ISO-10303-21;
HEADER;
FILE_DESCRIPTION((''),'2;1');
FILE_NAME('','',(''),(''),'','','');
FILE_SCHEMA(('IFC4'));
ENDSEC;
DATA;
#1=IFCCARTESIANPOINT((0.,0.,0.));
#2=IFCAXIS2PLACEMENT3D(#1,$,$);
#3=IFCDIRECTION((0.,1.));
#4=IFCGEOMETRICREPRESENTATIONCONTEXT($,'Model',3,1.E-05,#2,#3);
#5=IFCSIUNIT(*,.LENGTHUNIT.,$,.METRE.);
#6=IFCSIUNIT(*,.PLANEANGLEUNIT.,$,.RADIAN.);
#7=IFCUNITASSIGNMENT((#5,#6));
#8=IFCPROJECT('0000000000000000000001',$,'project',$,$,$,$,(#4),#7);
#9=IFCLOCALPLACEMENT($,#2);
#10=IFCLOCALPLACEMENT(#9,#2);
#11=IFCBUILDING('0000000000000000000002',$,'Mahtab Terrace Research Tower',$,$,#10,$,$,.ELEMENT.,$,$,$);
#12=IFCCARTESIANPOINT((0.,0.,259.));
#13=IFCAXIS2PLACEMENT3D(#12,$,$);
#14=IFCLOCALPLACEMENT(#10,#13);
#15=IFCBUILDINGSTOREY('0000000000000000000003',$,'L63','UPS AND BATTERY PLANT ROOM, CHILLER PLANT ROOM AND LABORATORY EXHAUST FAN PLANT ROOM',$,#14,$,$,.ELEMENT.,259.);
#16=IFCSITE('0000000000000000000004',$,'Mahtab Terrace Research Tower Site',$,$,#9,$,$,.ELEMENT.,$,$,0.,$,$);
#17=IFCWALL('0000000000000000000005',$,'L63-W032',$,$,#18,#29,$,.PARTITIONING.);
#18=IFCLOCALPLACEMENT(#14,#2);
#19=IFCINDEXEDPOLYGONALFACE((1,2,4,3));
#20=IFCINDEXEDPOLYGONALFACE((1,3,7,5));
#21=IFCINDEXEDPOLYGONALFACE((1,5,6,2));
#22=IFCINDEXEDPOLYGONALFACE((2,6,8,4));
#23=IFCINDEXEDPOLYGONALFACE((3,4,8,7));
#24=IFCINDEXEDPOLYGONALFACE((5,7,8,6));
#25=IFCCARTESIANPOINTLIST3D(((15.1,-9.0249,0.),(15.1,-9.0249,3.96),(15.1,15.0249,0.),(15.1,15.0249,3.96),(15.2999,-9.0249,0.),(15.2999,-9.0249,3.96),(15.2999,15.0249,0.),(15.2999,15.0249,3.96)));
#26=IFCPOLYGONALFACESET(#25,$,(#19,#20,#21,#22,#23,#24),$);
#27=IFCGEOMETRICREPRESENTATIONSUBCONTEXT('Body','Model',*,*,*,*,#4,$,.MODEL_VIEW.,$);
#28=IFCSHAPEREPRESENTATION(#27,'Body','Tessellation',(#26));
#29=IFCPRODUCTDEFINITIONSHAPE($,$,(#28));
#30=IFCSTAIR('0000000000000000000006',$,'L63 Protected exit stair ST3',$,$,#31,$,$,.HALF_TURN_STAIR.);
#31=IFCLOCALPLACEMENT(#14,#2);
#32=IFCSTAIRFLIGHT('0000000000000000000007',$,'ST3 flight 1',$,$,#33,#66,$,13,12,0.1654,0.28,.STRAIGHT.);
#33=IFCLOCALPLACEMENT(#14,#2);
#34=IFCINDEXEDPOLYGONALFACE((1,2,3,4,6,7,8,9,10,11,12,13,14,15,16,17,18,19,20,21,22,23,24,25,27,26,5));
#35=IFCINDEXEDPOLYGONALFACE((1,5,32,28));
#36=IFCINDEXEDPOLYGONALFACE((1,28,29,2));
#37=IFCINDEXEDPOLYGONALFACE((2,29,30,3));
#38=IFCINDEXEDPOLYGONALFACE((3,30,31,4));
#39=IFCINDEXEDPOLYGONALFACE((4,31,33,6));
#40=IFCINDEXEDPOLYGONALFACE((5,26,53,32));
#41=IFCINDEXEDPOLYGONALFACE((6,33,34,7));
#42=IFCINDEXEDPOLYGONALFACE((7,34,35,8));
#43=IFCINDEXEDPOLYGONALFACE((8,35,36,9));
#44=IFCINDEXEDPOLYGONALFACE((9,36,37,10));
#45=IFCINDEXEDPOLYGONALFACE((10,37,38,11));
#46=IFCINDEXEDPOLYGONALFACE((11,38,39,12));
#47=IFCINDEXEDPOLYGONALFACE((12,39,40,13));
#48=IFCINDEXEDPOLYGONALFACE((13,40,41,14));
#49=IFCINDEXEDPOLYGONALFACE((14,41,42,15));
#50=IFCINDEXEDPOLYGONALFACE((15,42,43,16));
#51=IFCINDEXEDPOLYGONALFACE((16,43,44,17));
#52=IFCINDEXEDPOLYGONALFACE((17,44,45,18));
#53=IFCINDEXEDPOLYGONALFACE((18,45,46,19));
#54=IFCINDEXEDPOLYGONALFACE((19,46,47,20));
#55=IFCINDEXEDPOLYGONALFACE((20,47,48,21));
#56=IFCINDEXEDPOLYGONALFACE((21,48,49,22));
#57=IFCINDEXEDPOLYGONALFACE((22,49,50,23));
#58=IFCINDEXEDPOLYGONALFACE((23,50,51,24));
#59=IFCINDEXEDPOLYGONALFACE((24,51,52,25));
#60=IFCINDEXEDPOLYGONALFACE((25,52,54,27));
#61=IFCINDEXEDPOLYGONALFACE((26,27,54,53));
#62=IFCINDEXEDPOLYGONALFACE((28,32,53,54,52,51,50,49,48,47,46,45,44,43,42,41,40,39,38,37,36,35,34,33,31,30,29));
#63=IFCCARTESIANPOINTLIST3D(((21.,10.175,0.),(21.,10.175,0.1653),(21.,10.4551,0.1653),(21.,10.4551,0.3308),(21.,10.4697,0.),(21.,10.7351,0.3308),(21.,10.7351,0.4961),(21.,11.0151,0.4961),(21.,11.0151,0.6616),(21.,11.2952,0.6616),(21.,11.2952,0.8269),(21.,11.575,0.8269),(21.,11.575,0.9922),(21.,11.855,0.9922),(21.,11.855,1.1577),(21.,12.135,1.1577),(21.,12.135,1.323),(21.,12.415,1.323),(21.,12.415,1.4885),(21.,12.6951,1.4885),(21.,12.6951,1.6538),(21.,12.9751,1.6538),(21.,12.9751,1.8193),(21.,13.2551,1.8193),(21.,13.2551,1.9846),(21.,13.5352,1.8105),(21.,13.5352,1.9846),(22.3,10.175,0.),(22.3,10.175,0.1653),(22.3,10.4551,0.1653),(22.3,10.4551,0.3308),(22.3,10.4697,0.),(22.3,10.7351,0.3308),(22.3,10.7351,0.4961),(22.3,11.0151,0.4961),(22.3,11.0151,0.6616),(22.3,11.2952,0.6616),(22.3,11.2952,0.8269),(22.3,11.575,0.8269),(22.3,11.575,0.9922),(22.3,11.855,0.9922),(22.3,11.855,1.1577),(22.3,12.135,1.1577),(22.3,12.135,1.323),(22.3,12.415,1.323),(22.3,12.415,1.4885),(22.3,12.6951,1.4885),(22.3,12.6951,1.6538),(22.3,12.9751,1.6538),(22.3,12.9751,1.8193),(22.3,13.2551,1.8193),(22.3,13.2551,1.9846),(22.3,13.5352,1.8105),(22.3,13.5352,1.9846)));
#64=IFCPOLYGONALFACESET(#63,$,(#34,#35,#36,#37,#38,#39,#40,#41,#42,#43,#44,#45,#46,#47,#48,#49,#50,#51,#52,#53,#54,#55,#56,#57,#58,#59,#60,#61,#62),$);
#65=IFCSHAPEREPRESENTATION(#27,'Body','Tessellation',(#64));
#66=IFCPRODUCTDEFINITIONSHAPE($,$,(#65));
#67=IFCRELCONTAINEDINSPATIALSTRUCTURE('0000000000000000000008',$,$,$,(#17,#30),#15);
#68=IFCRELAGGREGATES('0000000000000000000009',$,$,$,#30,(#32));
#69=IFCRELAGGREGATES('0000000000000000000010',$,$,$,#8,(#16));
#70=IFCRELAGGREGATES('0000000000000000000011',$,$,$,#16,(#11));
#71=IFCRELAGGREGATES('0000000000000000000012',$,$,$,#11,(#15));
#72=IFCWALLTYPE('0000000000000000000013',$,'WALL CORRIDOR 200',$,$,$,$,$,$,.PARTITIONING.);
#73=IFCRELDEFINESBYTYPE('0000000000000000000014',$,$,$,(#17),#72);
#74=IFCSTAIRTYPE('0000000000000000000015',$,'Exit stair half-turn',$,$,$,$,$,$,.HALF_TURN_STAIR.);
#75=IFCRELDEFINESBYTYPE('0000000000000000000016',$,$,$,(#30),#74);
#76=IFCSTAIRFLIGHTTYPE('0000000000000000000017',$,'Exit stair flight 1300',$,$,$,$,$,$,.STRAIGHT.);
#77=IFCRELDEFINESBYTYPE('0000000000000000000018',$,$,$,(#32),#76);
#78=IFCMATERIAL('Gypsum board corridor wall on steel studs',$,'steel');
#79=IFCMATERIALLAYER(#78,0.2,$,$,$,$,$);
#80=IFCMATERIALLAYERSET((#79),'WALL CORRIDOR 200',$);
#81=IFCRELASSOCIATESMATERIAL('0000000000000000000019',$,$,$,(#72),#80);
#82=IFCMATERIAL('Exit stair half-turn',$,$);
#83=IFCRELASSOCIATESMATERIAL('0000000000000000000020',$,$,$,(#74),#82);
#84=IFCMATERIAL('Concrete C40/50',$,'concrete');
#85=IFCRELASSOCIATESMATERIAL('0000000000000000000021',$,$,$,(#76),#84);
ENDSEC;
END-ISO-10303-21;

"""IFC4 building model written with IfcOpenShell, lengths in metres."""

from ifc_helpers import new_model, si_unit, direction, frame, frame_2d, origin, place, context, subcontext, project, spatial, polyline, rectangle, outline, extrude, material, layer, layer_set, type_object, element, aggregate, save


model = new_model("IFC4")

# Units and contexts
model_context = context("Model", 3, precision=1e-05, world=origin(), true_north=direction((0.0, 1.0)))
body_context = subcontext(model_context, "Body", "Model", "MODEL_VIEW")
ifc_project = project(units=[si_unit("LENGTHUNIT", "METRE"), si_unit("PLANEANGLEUNIT", "RADIAN")], contexts=[model_context])

# Site, building, storey
site_placement = place(None, origin())
site = spatial("IfcSite", under=ifc_project, at=site_placement, Name="Mahtab Terrace Research Tower Site", CompositionType="ELEMENT", RefElevation=0.0)
building_placement = place(site_placement, origin())
building = spatial("IfcBuilding", under=site, at=building_placement, Name="Mahtab Terrace Research Tower", CompositionType="ELEMENT")
storey_placement = place(building_placement, frame((0.0, 0.0, 259.0)))
storey = spatial("IfcBuildingStorey", under=building, at=storey_placement, Name="L63", Description="UPS AND BATTERY PLANT ROOM, CHILLER PLANT ROOM AND LABORATORY EXHAUST FAN PLANT ROOM", CompositionType="ELEMENT", Elevation=259.0)

# Shared definitions
ifc_material_1 = material(Name="Gypsum board corridor wall on steel studs", Category="steel")
ifc_layer_1 = layer(ifc_material_1, 0.2)
ifc_layer_set_1 = layer_set([ifc_layer_1], Name="WALL CORRIDOR 200")
wall_type_1 = type_object("IfcWallType", Name="WALL CORRIDOR 200", PredefinedType="PARTITIONING", material=ifc_layer_set_1)

# Wall
wall_1_placement = place(storey_placement, frame((15.2, -9.0249, 0.0), z_axis=(0.0, 0.0, 1.0), x_axis=(0.0, 1.0, 0.0)))
element("IfcWall", 1, at=wall_1_placement, inside=storey, type_object=wall_type_1, Name="L63-W032", PredefinedType="PARTITIONING", context=body_context, shape_type="SweptSolid", body=[
    extrude(rectangle(XDim=24.0498, YDim=0.2, at=frame_2d((12.0249, 0.0))), origin(), (0.0, 0.0, 1.0), 3.96),
])

# Stair, stair flight
ifc_material_2 = material(Name="Exit stair half-turn")
stair_type = type_object("IfcStairType", Name="Exit stair half-turn", PredefinedType="HALF_TURN_STAIR", material=ifc_material_2)
stair_placement = place(storey_placement, origin())
stair = element("IfcStair", 2, at=stair_placement, inside=storey, type_object=stair_type, Name="L63 Protected exit stair ST3", PredefinedType="HALF_TURN_STAIR")
ifc_material_3 = material(Name="Concrete C40/50", Category="concrete")
stair_flight_type = type_object("IfcStairFlightType", Name="Exit stair flight 1300", PredefinedType="STRAIGHT", material=ifc_material_3)
stair_flight_placement = place(storey_placement, frame((21.6499, 10.175, 0.0), z_axis=(0.0, 0.0, 1.0), x_axis=(0.0, 1.0, 0.0)))
stair_flight = element("IfcStairFlight", 3, at=stair_flight_placement, type_object=stair_flight_type, Name="ST3 flight 1", NumberOfRisers=13, NumberOfTreads=12, PredefinedType="STRAIGHT", RiserHeight=0.1654, TreadLength=0.28, context=body_context, shape_type="SweptSolid", body=[
    extrude(outline(polyline([(0.0, 0.0), (0.0, 0.1653), (0.28, 0.1653), (0.28, 0.3308), (0.5601, 0.3308), (0.5601, 0.4961), (0.8401, 0.4961), (0.8401, 0.6616), (1.1201, 0.6616), (1.1201, 0.8269), (1.3999, 0.8269), (1.3999, 0.9922), (1.6799, 0.9922), (1.6799, 1.1577), (1.96, 1.1577), (1.96, 1.323), (2.24, 1.323), (2.24, 1.4885), (2.52, 1.4885), (2.52, 1.6538), (2.8, 1.6538), (2.8, 1.8193), (3.0801, 1.8193), (3.0801, 1.9846), (3.3601, 1.9846), (3.3601, 2.1499), (3.3601, 1.8105), (0.2947, 0.0), (0.0, 0.0)])), frame((0.0, 0.6499, 0.0), z_axis=(0.0, -1.0, 0.0), x_axis=(1.0, 0.0, 0.0)), (0.0, 0.0, 1.0), 1.3),
])
aggregate(stair, [stair_flight])

save(model, "model.ifc")
